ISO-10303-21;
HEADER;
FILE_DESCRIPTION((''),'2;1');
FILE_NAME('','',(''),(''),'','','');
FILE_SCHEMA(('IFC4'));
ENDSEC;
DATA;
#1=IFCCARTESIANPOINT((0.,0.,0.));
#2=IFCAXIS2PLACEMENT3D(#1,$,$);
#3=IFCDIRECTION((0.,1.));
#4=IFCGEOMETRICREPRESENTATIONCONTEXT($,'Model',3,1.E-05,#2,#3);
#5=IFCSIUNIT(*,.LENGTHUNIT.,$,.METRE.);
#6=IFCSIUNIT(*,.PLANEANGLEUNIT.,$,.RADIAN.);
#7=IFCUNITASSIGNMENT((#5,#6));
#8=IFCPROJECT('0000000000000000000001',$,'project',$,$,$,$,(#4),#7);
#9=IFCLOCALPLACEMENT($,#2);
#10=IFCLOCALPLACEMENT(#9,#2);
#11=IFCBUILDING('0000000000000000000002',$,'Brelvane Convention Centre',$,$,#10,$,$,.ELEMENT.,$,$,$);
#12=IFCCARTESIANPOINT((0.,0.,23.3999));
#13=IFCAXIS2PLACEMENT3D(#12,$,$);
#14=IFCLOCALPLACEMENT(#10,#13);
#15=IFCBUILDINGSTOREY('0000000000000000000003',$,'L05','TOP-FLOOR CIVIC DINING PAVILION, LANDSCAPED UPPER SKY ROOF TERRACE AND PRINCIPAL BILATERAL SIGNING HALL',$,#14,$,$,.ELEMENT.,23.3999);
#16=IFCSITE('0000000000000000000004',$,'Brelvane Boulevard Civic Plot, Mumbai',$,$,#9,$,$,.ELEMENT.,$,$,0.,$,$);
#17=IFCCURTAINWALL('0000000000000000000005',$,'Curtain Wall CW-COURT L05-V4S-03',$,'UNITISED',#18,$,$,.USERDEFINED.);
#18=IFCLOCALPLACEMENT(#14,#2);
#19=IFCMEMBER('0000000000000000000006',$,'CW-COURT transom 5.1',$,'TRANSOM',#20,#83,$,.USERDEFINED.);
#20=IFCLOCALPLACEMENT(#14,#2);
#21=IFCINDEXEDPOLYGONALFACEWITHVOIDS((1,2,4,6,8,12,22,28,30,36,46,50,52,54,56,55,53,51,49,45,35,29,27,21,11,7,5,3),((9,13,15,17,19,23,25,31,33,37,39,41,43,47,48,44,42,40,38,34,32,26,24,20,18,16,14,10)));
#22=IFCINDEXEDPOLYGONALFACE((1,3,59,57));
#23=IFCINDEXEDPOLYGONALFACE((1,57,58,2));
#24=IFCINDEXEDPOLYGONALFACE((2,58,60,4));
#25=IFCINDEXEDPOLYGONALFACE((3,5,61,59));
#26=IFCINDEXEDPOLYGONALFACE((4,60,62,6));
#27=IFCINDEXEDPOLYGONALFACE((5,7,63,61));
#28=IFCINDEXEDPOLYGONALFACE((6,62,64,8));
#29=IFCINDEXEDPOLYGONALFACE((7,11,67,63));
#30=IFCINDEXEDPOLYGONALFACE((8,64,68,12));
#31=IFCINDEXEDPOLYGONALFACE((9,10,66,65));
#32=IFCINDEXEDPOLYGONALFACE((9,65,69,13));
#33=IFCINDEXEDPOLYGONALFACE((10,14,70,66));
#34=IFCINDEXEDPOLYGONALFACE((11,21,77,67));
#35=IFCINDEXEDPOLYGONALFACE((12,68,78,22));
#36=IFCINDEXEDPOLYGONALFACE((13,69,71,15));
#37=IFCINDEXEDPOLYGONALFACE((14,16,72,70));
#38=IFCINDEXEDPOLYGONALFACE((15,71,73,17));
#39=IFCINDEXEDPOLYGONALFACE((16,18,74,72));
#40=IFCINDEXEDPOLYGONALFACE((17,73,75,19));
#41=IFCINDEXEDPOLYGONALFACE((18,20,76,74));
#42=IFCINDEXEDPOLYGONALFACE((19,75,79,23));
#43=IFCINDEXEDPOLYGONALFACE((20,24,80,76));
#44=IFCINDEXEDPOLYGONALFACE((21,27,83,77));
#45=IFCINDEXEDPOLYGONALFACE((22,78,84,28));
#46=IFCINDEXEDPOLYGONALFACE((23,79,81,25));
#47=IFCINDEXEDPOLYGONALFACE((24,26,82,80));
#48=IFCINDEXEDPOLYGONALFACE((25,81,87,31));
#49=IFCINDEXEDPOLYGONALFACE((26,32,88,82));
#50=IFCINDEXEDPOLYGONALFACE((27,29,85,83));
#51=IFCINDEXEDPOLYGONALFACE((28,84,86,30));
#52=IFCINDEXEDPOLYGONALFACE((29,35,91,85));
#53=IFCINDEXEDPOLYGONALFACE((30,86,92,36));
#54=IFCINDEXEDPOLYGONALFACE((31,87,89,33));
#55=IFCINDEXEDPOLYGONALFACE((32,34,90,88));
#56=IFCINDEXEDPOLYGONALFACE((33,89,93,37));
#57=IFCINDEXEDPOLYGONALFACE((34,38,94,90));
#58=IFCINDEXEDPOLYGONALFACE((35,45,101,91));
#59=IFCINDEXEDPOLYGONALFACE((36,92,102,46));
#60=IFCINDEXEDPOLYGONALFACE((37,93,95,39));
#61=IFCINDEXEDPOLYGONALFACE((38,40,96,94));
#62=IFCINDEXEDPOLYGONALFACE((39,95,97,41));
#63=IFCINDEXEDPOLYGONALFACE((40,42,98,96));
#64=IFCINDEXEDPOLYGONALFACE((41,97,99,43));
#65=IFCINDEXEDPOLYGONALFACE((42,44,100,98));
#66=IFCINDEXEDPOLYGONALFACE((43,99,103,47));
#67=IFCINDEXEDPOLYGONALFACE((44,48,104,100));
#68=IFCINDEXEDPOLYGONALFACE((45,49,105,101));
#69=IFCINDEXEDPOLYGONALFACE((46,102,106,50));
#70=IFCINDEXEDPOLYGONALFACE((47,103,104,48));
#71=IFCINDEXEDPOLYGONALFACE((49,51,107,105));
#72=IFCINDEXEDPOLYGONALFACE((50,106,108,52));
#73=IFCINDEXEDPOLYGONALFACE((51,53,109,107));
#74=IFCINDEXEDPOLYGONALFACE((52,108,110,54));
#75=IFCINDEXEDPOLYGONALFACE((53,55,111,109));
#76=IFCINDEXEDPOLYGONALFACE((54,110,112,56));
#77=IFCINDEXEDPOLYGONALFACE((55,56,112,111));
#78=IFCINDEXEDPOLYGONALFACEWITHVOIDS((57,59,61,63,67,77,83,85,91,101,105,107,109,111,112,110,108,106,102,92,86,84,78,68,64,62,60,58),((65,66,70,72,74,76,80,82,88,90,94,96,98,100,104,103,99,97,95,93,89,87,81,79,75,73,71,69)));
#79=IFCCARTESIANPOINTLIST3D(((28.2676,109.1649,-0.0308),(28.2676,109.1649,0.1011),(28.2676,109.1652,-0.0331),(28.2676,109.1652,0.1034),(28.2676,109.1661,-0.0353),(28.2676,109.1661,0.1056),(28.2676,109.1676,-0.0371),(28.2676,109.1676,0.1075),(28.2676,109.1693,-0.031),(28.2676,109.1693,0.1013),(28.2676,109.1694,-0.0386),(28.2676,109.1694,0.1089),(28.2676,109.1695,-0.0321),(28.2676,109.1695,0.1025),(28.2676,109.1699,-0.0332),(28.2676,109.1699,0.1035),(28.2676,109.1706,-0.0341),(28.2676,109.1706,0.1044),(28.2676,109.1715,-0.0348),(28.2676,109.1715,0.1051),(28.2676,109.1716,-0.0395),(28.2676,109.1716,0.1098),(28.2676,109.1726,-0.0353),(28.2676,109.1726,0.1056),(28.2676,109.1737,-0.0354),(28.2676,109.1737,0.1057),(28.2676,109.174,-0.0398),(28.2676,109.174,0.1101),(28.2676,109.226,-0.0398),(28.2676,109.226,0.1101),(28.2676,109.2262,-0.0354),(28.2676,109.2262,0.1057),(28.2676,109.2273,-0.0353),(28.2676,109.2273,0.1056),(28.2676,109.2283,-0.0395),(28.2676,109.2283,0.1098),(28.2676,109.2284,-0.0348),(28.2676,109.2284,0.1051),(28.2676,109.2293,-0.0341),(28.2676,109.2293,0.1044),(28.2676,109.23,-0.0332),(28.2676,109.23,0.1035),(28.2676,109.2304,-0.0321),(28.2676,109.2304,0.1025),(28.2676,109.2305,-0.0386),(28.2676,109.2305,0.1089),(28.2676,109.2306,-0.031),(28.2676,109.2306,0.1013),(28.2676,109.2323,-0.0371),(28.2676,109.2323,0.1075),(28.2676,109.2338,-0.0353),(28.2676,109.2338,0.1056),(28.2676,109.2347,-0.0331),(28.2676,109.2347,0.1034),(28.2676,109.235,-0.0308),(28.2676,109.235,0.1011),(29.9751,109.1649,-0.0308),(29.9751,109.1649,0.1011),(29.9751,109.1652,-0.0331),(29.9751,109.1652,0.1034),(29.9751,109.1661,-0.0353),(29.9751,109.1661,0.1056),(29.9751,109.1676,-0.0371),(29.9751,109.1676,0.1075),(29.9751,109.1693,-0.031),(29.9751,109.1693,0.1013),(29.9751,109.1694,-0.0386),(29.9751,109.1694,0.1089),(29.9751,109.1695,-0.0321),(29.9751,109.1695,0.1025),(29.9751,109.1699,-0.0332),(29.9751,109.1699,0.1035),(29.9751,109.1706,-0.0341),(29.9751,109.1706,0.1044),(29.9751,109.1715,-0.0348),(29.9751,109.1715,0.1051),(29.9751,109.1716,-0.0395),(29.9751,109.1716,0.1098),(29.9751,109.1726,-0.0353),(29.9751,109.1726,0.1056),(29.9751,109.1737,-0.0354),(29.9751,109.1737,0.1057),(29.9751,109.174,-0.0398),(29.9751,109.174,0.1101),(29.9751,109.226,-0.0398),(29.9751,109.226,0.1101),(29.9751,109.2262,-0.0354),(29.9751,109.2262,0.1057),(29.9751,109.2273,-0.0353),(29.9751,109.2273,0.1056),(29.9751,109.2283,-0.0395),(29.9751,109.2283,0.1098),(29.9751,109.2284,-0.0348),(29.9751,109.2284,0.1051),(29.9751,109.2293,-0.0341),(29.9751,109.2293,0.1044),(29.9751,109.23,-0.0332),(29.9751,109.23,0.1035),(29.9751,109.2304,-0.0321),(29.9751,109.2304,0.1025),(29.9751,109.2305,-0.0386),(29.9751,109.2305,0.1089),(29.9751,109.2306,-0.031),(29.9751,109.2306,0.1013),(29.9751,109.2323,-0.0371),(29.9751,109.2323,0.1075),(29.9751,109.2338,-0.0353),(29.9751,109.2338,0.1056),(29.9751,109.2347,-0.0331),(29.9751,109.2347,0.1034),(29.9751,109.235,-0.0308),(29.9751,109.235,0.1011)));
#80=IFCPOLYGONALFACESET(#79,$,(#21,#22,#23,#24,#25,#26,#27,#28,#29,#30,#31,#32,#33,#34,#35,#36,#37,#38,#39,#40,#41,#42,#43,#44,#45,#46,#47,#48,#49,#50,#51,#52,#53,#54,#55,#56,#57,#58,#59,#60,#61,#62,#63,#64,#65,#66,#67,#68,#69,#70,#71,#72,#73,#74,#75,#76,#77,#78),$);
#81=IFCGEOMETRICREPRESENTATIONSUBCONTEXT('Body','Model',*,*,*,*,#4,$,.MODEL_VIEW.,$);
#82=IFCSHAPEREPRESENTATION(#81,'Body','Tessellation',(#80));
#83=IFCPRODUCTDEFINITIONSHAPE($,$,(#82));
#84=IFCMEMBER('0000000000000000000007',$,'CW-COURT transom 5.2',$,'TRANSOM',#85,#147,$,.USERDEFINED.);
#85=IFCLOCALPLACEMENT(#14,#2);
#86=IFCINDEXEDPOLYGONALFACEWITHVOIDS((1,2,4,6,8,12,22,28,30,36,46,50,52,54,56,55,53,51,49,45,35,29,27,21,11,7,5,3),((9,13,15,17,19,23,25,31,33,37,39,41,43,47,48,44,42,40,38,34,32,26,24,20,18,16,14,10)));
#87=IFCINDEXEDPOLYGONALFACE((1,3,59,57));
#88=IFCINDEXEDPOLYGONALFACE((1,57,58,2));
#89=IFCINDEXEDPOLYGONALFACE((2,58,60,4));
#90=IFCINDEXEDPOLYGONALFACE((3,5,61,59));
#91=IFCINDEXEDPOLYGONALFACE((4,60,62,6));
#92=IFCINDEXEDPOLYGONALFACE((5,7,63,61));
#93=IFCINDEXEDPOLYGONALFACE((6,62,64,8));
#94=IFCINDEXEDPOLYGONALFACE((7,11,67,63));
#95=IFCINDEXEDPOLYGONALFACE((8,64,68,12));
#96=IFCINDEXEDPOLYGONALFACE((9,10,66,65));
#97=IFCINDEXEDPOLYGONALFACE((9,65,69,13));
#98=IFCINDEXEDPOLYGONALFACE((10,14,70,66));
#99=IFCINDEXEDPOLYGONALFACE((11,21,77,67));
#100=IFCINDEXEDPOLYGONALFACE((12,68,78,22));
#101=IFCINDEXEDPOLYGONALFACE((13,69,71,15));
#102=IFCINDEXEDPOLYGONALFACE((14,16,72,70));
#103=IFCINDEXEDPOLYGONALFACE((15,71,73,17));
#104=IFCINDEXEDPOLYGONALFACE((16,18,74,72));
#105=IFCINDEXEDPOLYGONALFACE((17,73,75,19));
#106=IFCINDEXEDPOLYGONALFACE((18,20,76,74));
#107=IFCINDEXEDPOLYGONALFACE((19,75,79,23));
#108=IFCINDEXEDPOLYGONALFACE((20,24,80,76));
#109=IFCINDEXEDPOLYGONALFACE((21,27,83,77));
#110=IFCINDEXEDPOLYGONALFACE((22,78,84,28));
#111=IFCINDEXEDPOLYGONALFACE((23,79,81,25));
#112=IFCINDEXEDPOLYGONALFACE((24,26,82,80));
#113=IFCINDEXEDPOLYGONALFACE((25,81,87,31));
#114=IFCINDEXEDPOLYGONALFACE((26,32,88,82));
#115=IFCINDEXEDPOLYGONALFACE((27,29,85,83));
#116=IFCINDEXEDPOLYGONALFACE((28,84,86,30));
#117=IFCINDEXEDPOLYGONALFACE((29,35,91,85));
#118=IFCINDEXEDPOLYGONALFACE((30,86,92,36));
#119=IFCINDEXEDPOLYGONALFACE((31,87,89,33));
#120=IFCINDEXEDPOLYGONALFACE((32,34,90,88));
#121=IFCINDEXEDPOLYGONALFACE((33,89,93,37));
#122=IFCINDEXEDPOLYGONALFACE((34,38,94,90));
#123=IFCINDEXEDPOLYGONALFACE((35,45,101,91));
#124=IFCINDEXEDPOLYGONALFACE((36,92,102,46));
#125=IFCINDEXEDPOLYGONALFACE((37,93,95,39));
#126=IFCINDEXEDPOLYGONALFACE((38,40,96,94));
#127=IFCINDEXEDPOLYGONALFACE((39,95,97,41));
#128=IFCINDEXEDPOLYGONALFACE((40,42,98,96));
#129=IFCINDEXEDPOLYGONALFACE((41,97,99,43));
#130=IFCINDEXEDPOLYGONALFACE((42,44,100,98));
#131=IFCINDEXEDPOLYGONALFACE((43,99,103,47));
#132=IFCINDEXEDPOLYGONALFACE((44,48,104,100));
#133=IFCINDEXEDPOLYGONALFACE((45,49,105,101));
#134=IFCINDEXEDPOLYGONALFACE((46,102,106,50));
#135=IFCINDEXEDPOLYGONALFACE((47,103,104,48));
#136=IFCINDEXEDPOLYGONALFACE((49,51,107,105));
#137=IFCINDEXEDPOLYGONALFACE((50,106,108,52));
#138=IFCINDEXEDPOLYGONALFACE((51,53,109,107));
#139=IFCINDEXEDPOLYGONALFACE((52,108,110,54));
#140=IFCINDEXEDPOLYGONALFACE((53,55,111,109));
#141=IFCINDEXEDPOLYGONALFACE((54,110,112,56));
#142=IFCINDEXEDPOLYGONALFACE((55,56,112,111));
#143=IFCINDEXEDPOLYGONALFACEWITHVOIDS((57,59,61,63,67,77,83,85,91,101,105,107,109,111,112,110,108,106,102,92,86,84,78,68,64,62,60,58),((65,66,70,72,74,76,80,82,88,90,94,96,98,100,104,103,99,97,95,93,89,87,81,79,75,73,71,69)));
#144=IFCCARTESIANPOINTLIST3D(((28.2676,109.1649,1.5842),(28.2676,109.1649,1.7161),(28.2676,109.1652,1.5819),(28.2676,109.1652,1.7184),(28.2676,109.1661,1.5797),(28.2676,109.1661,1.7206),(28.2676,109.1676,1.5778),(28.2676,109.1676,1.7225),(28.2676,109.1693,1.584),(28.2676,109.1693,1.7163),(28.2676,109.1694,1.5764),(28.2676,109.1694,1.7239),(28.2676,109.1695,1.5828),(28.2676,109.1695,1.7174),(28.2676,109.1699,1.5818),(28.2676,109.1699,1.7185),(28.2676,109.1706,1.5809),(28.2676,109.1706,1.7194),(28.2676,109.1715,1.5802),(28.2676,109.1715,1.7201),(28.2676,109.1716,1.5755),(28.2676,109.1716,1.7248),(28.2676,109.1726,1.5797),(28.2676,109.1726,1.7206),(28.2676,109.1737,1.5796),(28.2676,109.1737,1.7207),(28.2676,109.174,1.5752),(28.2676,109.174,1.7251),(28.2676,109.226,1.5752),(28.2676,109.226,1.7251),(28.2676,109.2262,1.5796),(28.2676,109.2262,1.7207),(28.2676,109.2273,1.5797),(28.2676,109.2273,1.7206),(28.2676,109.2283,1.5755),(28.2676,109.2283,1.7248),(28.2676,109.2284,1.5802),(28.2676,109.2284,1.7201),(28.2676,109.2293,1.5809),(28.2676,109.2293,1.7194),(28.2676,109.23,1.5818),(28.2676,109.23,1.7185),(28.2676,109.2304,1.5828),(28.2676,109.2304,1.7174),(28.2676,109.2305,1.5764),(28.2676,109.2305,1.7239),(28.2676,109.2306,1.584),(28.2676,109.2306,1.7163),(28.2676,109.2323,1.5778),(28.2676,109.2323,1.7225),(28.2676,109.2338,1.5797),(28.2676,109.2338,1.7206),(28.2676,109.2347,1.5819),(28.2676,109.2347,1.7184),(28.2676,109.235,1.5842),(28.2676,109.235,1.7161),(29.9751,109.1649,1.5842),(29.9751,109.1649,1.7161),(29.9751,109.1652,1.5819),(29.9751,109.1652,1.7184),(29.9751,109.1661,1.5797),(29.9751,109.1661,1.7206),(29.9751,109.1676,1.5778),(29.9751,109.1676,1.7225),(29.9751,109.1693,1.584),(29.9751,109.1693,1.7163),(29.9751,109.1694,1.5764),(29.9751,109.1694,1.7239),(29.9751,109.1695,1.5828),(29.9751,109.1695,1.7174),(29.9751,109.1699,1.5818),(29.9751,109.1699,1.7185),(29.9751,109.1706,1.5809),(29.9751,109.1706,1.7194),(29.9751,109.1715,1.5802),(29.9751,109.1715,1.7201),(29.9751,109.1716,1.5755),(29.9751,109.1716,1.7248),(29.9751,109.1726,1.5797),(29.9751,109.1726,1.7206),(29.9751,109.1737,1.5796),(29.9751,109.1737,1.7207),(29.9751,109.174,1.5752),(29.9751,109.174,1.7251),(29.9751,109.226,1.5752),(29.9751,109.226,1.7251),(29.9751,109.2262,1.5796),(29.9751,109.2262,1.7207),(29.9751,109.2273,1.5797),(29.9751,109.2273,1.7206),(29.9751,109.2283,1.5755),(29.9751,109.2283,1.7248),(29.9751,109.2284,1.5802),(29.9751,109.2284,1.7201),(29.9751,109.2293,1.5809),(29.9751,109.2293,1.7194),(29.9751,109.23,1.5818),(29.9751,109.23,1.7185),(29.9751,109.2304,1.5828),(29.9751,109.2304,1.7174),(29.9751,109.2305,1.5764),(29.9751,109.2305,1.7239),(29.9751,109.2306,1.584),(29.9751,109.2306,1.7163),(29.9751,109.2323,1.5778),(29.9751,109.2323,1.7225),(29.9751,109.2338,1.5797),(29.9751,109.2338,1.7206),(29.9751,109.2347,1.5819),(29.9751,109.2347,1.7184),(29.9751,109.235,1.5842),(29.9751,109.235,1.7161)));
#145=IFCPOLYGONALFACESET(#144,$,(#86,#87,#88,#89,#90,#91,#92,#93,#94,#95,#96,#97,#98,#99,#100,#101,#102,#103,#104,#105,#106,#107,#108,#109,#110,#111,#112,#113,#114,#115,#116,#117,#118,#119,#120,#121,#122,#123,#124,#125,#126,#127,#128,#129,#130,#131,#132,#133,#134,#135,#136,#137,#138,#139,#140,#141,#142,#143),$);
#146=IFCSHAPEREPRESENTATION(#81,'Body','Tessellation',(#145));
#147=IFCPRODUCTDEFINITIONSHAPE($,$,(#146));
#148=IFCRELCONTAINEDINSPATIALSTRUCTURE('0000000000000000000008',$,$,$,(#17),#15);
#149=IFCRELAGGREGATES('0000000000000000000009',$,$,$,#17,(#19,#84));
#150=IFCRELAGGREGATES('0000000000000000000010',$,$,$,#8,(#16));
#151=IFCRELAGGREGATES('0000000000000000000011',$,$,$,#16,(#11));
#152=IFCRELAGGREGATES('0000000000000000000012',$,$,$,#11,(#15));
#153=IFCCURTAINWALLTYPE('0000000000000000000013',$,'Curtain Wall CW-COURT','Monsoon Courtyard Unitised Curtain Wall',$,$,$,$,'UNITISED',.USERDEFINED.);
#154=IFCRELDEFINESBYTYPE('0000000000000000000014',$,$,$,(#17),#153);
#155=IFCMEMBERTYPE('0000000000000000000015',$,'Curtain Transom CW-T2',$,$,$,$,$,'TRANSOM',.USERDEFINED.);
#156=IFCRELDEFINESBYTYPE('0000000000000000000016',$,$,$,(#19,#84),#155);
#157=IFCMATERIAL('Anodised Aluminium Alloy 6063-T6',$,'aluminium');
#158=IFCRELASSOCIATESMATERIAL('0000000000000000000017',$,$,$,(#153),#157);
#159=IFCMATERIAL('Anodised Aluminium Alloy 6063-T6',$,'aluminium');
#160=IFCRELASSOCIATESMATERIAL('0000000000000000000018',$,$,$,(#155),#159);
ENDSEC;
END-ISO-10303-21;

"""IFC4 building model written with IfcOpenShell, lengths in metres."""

from ifc_helpers import new_model, si_unit, direction, frame, origin, origin_2d, place, context, subcontext, project, spatial, hollow_rectangle, extrude, material, material_profile, profile_set, type_object, element, aggregate, save


model = new_model("IFC4")

# Units and contexts
model_context = context("Model", 3, precision=1e-05, world=origin(), true_north=direction((0.0, 1.0)))
body_context = subcontext(model_context, "Body", "Model", "MODEL_VIEW")
ifc_project = project(units=[si_unit("LENGTHUNIT", "METRE"), si_unit("PLANEANGLEUNIT", "RADIAN")], contexts=[model_context])

# Site, building, storey
site_placement = place(None, origin())
site = spatial("IfcSite", under=ifc_project, at=site_placement, Name="Brelvane Boulevard Civic Plot, Mumbai", CompositionType="ELEMENT", RefElevation=0.0)
building_placement = place(site_placement, origin())
building = spatial("IfcBuilding", under=site, at=building_placement, Name="Brelvane Convention Centre", CompositionType="ELEMENT")
storey_placement = place(building_placement, frame((0.0, 0.0, 23.3999)))
storey = spatial("IfcBuildingStorey", under=building, at=storey_placement, Name="L05", Description="TOP-FLOOR CIVIC DINING PAVILION, LANDSCAPED UPPER SKY ROOF TERRACE AND PRINCIPAL BILATERAL SIGNING HALL", CompositionType="ELEMENT", Elevation=23.3999)

# Curtain wall, members
ifc_material_1 = material(Name="Anodised Aluminium Alloy 6063-T6", Category="aluminium")
curtain_wall_type = type_object("IfcCurtainWallType", Name="Curtain Wall CW-COURT", Description="Monsoon Courtyard Unitised Curtain Wall", ElementType="UNITISED", PredefinedType="USERDEFINED", material=ifc_material_1)
curtain_wall_placement = place(storey_placement, origin())
curtain_wall = element("IfcCurtainWall", 1, at=curtain_wall_placement, inside=storey, type_object=curtain_wall_type, Name="Curtain Wall CW-COURT L05-V4S-03", ObjectType="UNITISED", PredefinedType="USERDEFINED")
ifc_material_2 = material(Name="Anodised Aluminium Alloy 6063-T6", Category="aluminium")
ifc_material_profile_1 = material_profile(ifc_material_2, hollow_rectangle(XDim=0.0701, YDim=0.1499, WallThickness=0.0044, InnerFilletRadius=0.0044, OuterFilletRadius=0.009, at=origin_2d()), Name="ALU-T 150x70x4.5")
ifc_profile_set_1 = profile_set([ifc_material_profile_1], Name="Anodised Aluminium Alloy 6063-T6")
member_type_1 = type_object("IfcMemberType", Name="Curtain Transom CW-T2", ElementType="TRANSOM", PredefinedType="USERDEFINED", material=ifc_profile_set_1)
member_1_placement = place(storey_placement, frame((28.2676, 109.2, 0.0352), z_axis=(1.0, 0.0, 0.0), x_axis=(0.0, 1.0, 0.0)))
member_1 = element("IfcMember", 2, at=member_1_placement, type_object=member_type_1, Name="CW-COURT transom 5.1", ObjectType="TRANSOM", PredefinedType="USERDEFINED", context=body_context, shape_type="SweptSolid", body=[
    extrude(hollow_rectangle(XDim=0.0701, YDim=0.1499, WallThickness=0.0044, InnerFilletRadius=0.0044, OuterFilletRadius=0.009, at=origin_2d()), origin(), (0.0, 0.0, 1.0), 1.7075),
])
member_2_placement = place(storey_placement, frame((28.2676, 109.2, 1.6501), z_axis=(1.0, 0.0, 0.0), x_axis=(0.0, 1.0, 0.0)))
member_2 = element("IfcMember", 3, at=member_2_placement, type_object=member_type_1, Name="CW-COURT transom 5.2", ObjectType="TRANSOM", PredefinedType="USERDEFINED", context=body_context, shape_type="SweptSolid", body=[
    extrude(hollow_rectangle(XDim=0.0701, YDim=0.1499, WallThickness=0.0044, InnerFilletRadius=0.0044, OuterFilletRadius=0.009, at=origin_2d()), origin(), (0.0, 0.0, 1.0), 1.7075),
])

aggregate(curtain_wall, [member_1, member_2])

save(model, "model.ifc")
